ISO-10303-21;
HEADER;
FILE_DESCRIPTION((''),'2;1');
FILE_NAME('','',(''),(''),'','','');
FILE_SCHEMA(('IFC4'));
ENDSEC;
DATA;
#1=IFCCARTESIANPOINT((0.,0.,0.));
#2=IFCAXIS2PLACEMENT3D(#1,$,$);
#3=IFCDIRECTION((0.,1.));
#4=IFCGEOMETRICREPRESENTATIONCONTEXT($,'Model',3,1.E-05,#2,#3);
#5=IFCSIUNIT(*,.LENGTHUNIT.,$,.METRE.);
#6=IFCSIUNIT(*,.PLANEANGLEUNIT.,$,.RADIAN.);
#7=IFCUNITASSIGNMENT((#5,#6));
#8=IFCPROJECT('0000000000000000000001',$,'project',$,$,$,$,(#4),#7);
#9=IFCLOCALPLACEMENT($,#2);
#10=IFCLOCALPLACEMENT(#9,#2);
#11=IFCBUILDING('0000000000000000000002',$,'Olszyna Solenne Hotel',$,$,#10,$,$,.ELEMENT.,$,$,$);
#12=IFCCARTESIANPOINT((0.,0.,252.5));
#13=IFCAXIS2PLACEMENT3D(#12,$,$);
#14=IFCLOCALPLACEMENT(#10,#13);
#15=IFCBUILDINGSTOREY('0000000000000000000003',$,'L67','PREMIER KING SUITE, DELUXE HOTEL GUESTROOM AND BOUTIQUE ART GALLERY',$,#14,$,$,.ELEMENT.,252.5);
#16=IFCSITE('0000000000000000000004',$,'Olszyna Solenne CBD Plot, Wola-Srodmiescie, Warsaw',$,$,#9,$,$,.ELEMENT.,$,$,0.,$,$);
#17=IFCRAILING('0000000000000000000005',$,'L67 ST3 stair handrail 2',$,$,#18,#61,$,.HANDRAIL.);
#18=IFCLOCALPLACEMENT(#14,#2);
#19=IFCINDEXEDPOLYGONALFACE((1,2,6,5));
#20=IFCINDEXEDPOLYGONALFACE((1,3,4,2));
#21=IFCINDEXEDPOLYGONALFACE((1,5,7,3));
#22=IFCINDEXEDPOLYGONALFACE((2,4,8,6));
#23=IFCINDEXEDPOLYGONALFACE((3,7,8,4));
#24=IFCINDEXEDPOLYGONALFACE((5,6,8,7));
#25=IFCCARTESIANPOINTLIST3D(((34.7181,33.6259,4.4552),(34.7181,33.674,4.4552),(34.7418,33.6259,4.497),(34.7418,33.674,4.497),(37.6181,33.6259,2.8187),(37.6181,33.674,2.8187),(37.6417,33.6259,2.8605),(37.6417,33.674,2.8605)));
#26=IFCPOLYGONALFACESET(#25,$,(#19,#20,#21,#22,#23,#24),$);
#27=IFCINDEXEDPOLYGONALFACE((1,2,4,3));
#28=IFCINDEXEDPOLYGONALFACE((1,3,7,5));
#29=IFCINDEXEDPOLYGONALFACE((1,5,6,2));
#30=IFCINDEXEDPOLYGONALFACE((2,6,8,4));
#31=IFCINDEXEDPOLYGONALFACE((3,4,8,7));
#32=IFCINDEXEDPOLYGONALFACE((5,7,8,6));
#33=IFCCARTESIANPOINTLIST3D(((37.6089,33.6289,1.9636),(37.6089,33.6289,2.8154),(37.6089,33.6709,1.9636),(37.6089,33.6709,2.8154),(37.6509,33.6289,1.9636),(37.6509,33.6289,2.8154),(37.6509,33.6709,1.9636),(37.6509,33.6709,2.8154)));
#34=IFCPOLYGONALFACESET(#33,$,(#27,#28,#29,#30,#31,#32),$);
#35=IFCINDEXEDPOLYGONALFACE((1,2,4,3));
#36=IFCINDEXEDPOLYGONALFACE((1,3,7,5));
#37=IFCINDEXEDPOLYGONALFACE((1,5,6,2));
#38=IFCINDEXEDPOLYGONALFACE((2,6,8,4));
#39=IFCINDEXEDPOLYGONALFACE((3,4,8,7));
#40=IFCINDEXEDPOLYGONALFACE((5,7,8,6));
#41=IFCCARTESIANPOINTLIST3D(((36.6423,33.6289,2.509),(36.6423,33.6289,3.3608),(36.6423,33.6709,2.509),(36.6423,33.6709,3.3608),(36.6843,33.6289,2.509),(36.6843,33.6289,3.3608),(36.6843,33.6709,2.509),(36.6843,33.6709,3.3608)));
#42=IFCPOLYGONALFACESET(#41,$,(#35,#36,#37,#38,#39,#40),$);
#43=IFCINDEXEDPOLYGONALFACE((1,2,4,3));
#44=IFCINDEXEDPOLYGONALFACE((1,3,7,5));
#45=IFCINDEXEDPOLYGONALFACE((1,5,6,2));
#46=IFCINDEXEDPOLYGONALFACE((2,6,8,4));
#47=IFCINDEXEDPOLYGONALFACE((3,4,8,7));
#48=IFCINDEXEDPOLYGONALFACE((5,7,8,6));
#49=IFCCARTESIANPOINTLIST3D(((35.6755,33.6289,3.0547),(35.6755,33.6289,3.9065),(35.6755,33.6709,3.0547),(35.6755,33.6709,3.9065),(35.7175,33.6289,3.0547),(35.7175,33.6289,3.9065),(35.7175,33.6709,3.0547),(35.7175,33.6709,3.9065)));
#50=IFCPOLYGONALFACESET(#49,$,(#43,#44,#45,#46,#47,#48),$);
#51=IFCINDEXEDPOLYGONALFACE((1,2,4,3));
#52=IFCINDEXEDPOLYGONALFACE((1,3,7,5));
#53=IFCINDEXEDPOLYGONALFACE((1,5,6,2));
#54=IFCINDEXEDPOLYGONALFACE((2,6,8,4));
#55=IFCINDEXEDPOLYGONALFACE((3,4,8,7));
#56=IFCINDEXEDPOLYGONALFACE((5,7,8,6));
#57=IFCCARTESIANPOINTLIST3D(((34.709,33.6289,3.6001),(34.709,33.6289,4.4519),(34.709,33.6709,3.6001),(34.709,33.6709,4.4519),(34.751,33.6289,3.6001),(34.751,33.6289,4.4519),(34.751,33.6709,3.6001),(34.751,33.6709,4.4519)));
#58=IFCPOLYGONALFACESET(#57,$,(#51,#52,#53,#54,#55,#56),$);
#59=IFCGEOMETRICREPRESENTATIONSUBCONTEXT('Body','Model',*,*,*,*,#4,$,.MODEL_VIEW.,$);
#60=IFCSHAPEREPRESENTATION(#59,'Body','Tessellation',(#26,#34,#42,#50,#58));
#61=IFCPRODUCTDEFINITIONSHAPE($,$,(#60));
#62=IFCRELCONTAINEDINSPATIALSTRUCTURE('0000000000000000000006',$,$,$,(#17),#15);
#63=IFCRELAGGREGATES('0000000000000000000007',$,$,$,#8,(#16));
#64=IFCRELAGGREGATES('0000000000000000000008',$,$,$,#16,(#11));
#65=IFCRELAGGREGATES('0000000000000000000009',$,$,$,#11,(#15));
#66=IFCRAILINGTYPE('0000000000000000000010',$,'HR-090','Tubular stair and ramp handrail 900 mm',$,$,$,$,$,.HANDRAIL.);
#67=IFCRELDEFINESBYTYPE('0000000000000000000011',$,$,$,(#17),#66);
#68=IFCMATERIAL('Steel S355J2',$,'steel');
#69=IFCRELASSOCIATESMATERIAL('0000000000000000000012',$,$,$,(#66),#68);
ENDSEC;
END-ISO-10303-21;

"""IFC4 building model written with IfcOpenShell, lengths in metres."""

from ifc_helpers import new_model, si_unit, direction, frame, origin, origin_2d, place, context, subcontext, project, spatial, rectangle, extrude, material, type_object, element, save


model = new_model("IFC4")

# Units and contexts
model_context = context("Model", 3, precision=1e-05, world=origin(), true_north=direction((0.0, 1.0)))
body_context = subcontext(model_context, "Body", "Model", "MODEL_VIEW")
ifc_project = project(units=[si_unit("LENGTHUNIT", "METRE"), si_unit("PLANEANGLEUNIT", "RADIAN")], contexts=[model_context])

# Site, building, storey
site_placement = place(None, origin())
site = spatial("IfcSite", under=ifc_project, at=site_placement, Name="Olszyna Solenne CBD Plot, Wola-Srodmiescie, Warsaw", CompositionType="ELEMENT", RefElevation=0.0)
building_placement = place(site_placement, origin())
building = spatial("IfcBuilding", under=site, at=building_placement, Name="Olszyna Solenne Hotel", CompositionType="ELEMENT")
storey_placement = place(building_placement, frame((0.0, 0.0, 252.5)))
storey = spatial("IfcBuildingStorey", under=building, at=storey_placement, Name="L67", Description="PREMIER KING SUITE, DELUXE HOTEL GUESTROOM AND BOUTIQUE ART GALLERY", CompositionType="ELEMENT", Elevation=252.5)

# Shared definitions
ifc_material_1 = material(Name="Steel S355J2", Category="steel")

# Railing
railing_type_1 = type_object("IfcRailingType", Name="HR-090", Description="Tubular stair and ramp handrail 900 mm", PredefinedType="HANDRAIL", material=ifc_material_1)
railing_1_placement = place(storey_placement, frame((37.6299, 33.6499, 1.9636)))
element("IfcRailing", 1, at=railing_1_placement, inside=storey, type_object=railing_type_1, Name="L67 ST3 stair handrail 2", PredefinedType="HANDRAIL", context=body_context, shape_type="SweptSolid", body=[
    extrude(rectangle(XDim=0.0481, YDim=0.0481, at=origin_2d()), frame((0.0, 0.0, 0.876), z_axis=(-0.870897, 0.0, 0.491465), x_axis=(0.0, -1.0, 0.0)), (0.0, 0.0, 1.0), 3.3298),
    extrude(rectangle(XDim=0.042, YDim=0.042, at=origin_2d()), origin(), (0.0, 0.0, 1.0), 0.8518),
    extrude(rectangle(XDim=0.042, YDim=0.042, at=origin_2d()), frame((-0.9666, 0.0, 0.5454)), (0.0, 0.0, 1.0), 0.8518),
    extrude(rectangle(XDim=0.042, YDim=0.042, at=origin_2d()), frame((-1.9333, 0.0, 1.0911)), (0.0, 0.0, 1.0), 0.8518),
    extrude(rectangle(XDim=0.042, YDim=0.042, at=origin_2d()), frame((-2.8999, 0.0, 1.6365)), (0.0, 0.0, 1.0), 0.8518),
])

save(model, "model.ifc")
